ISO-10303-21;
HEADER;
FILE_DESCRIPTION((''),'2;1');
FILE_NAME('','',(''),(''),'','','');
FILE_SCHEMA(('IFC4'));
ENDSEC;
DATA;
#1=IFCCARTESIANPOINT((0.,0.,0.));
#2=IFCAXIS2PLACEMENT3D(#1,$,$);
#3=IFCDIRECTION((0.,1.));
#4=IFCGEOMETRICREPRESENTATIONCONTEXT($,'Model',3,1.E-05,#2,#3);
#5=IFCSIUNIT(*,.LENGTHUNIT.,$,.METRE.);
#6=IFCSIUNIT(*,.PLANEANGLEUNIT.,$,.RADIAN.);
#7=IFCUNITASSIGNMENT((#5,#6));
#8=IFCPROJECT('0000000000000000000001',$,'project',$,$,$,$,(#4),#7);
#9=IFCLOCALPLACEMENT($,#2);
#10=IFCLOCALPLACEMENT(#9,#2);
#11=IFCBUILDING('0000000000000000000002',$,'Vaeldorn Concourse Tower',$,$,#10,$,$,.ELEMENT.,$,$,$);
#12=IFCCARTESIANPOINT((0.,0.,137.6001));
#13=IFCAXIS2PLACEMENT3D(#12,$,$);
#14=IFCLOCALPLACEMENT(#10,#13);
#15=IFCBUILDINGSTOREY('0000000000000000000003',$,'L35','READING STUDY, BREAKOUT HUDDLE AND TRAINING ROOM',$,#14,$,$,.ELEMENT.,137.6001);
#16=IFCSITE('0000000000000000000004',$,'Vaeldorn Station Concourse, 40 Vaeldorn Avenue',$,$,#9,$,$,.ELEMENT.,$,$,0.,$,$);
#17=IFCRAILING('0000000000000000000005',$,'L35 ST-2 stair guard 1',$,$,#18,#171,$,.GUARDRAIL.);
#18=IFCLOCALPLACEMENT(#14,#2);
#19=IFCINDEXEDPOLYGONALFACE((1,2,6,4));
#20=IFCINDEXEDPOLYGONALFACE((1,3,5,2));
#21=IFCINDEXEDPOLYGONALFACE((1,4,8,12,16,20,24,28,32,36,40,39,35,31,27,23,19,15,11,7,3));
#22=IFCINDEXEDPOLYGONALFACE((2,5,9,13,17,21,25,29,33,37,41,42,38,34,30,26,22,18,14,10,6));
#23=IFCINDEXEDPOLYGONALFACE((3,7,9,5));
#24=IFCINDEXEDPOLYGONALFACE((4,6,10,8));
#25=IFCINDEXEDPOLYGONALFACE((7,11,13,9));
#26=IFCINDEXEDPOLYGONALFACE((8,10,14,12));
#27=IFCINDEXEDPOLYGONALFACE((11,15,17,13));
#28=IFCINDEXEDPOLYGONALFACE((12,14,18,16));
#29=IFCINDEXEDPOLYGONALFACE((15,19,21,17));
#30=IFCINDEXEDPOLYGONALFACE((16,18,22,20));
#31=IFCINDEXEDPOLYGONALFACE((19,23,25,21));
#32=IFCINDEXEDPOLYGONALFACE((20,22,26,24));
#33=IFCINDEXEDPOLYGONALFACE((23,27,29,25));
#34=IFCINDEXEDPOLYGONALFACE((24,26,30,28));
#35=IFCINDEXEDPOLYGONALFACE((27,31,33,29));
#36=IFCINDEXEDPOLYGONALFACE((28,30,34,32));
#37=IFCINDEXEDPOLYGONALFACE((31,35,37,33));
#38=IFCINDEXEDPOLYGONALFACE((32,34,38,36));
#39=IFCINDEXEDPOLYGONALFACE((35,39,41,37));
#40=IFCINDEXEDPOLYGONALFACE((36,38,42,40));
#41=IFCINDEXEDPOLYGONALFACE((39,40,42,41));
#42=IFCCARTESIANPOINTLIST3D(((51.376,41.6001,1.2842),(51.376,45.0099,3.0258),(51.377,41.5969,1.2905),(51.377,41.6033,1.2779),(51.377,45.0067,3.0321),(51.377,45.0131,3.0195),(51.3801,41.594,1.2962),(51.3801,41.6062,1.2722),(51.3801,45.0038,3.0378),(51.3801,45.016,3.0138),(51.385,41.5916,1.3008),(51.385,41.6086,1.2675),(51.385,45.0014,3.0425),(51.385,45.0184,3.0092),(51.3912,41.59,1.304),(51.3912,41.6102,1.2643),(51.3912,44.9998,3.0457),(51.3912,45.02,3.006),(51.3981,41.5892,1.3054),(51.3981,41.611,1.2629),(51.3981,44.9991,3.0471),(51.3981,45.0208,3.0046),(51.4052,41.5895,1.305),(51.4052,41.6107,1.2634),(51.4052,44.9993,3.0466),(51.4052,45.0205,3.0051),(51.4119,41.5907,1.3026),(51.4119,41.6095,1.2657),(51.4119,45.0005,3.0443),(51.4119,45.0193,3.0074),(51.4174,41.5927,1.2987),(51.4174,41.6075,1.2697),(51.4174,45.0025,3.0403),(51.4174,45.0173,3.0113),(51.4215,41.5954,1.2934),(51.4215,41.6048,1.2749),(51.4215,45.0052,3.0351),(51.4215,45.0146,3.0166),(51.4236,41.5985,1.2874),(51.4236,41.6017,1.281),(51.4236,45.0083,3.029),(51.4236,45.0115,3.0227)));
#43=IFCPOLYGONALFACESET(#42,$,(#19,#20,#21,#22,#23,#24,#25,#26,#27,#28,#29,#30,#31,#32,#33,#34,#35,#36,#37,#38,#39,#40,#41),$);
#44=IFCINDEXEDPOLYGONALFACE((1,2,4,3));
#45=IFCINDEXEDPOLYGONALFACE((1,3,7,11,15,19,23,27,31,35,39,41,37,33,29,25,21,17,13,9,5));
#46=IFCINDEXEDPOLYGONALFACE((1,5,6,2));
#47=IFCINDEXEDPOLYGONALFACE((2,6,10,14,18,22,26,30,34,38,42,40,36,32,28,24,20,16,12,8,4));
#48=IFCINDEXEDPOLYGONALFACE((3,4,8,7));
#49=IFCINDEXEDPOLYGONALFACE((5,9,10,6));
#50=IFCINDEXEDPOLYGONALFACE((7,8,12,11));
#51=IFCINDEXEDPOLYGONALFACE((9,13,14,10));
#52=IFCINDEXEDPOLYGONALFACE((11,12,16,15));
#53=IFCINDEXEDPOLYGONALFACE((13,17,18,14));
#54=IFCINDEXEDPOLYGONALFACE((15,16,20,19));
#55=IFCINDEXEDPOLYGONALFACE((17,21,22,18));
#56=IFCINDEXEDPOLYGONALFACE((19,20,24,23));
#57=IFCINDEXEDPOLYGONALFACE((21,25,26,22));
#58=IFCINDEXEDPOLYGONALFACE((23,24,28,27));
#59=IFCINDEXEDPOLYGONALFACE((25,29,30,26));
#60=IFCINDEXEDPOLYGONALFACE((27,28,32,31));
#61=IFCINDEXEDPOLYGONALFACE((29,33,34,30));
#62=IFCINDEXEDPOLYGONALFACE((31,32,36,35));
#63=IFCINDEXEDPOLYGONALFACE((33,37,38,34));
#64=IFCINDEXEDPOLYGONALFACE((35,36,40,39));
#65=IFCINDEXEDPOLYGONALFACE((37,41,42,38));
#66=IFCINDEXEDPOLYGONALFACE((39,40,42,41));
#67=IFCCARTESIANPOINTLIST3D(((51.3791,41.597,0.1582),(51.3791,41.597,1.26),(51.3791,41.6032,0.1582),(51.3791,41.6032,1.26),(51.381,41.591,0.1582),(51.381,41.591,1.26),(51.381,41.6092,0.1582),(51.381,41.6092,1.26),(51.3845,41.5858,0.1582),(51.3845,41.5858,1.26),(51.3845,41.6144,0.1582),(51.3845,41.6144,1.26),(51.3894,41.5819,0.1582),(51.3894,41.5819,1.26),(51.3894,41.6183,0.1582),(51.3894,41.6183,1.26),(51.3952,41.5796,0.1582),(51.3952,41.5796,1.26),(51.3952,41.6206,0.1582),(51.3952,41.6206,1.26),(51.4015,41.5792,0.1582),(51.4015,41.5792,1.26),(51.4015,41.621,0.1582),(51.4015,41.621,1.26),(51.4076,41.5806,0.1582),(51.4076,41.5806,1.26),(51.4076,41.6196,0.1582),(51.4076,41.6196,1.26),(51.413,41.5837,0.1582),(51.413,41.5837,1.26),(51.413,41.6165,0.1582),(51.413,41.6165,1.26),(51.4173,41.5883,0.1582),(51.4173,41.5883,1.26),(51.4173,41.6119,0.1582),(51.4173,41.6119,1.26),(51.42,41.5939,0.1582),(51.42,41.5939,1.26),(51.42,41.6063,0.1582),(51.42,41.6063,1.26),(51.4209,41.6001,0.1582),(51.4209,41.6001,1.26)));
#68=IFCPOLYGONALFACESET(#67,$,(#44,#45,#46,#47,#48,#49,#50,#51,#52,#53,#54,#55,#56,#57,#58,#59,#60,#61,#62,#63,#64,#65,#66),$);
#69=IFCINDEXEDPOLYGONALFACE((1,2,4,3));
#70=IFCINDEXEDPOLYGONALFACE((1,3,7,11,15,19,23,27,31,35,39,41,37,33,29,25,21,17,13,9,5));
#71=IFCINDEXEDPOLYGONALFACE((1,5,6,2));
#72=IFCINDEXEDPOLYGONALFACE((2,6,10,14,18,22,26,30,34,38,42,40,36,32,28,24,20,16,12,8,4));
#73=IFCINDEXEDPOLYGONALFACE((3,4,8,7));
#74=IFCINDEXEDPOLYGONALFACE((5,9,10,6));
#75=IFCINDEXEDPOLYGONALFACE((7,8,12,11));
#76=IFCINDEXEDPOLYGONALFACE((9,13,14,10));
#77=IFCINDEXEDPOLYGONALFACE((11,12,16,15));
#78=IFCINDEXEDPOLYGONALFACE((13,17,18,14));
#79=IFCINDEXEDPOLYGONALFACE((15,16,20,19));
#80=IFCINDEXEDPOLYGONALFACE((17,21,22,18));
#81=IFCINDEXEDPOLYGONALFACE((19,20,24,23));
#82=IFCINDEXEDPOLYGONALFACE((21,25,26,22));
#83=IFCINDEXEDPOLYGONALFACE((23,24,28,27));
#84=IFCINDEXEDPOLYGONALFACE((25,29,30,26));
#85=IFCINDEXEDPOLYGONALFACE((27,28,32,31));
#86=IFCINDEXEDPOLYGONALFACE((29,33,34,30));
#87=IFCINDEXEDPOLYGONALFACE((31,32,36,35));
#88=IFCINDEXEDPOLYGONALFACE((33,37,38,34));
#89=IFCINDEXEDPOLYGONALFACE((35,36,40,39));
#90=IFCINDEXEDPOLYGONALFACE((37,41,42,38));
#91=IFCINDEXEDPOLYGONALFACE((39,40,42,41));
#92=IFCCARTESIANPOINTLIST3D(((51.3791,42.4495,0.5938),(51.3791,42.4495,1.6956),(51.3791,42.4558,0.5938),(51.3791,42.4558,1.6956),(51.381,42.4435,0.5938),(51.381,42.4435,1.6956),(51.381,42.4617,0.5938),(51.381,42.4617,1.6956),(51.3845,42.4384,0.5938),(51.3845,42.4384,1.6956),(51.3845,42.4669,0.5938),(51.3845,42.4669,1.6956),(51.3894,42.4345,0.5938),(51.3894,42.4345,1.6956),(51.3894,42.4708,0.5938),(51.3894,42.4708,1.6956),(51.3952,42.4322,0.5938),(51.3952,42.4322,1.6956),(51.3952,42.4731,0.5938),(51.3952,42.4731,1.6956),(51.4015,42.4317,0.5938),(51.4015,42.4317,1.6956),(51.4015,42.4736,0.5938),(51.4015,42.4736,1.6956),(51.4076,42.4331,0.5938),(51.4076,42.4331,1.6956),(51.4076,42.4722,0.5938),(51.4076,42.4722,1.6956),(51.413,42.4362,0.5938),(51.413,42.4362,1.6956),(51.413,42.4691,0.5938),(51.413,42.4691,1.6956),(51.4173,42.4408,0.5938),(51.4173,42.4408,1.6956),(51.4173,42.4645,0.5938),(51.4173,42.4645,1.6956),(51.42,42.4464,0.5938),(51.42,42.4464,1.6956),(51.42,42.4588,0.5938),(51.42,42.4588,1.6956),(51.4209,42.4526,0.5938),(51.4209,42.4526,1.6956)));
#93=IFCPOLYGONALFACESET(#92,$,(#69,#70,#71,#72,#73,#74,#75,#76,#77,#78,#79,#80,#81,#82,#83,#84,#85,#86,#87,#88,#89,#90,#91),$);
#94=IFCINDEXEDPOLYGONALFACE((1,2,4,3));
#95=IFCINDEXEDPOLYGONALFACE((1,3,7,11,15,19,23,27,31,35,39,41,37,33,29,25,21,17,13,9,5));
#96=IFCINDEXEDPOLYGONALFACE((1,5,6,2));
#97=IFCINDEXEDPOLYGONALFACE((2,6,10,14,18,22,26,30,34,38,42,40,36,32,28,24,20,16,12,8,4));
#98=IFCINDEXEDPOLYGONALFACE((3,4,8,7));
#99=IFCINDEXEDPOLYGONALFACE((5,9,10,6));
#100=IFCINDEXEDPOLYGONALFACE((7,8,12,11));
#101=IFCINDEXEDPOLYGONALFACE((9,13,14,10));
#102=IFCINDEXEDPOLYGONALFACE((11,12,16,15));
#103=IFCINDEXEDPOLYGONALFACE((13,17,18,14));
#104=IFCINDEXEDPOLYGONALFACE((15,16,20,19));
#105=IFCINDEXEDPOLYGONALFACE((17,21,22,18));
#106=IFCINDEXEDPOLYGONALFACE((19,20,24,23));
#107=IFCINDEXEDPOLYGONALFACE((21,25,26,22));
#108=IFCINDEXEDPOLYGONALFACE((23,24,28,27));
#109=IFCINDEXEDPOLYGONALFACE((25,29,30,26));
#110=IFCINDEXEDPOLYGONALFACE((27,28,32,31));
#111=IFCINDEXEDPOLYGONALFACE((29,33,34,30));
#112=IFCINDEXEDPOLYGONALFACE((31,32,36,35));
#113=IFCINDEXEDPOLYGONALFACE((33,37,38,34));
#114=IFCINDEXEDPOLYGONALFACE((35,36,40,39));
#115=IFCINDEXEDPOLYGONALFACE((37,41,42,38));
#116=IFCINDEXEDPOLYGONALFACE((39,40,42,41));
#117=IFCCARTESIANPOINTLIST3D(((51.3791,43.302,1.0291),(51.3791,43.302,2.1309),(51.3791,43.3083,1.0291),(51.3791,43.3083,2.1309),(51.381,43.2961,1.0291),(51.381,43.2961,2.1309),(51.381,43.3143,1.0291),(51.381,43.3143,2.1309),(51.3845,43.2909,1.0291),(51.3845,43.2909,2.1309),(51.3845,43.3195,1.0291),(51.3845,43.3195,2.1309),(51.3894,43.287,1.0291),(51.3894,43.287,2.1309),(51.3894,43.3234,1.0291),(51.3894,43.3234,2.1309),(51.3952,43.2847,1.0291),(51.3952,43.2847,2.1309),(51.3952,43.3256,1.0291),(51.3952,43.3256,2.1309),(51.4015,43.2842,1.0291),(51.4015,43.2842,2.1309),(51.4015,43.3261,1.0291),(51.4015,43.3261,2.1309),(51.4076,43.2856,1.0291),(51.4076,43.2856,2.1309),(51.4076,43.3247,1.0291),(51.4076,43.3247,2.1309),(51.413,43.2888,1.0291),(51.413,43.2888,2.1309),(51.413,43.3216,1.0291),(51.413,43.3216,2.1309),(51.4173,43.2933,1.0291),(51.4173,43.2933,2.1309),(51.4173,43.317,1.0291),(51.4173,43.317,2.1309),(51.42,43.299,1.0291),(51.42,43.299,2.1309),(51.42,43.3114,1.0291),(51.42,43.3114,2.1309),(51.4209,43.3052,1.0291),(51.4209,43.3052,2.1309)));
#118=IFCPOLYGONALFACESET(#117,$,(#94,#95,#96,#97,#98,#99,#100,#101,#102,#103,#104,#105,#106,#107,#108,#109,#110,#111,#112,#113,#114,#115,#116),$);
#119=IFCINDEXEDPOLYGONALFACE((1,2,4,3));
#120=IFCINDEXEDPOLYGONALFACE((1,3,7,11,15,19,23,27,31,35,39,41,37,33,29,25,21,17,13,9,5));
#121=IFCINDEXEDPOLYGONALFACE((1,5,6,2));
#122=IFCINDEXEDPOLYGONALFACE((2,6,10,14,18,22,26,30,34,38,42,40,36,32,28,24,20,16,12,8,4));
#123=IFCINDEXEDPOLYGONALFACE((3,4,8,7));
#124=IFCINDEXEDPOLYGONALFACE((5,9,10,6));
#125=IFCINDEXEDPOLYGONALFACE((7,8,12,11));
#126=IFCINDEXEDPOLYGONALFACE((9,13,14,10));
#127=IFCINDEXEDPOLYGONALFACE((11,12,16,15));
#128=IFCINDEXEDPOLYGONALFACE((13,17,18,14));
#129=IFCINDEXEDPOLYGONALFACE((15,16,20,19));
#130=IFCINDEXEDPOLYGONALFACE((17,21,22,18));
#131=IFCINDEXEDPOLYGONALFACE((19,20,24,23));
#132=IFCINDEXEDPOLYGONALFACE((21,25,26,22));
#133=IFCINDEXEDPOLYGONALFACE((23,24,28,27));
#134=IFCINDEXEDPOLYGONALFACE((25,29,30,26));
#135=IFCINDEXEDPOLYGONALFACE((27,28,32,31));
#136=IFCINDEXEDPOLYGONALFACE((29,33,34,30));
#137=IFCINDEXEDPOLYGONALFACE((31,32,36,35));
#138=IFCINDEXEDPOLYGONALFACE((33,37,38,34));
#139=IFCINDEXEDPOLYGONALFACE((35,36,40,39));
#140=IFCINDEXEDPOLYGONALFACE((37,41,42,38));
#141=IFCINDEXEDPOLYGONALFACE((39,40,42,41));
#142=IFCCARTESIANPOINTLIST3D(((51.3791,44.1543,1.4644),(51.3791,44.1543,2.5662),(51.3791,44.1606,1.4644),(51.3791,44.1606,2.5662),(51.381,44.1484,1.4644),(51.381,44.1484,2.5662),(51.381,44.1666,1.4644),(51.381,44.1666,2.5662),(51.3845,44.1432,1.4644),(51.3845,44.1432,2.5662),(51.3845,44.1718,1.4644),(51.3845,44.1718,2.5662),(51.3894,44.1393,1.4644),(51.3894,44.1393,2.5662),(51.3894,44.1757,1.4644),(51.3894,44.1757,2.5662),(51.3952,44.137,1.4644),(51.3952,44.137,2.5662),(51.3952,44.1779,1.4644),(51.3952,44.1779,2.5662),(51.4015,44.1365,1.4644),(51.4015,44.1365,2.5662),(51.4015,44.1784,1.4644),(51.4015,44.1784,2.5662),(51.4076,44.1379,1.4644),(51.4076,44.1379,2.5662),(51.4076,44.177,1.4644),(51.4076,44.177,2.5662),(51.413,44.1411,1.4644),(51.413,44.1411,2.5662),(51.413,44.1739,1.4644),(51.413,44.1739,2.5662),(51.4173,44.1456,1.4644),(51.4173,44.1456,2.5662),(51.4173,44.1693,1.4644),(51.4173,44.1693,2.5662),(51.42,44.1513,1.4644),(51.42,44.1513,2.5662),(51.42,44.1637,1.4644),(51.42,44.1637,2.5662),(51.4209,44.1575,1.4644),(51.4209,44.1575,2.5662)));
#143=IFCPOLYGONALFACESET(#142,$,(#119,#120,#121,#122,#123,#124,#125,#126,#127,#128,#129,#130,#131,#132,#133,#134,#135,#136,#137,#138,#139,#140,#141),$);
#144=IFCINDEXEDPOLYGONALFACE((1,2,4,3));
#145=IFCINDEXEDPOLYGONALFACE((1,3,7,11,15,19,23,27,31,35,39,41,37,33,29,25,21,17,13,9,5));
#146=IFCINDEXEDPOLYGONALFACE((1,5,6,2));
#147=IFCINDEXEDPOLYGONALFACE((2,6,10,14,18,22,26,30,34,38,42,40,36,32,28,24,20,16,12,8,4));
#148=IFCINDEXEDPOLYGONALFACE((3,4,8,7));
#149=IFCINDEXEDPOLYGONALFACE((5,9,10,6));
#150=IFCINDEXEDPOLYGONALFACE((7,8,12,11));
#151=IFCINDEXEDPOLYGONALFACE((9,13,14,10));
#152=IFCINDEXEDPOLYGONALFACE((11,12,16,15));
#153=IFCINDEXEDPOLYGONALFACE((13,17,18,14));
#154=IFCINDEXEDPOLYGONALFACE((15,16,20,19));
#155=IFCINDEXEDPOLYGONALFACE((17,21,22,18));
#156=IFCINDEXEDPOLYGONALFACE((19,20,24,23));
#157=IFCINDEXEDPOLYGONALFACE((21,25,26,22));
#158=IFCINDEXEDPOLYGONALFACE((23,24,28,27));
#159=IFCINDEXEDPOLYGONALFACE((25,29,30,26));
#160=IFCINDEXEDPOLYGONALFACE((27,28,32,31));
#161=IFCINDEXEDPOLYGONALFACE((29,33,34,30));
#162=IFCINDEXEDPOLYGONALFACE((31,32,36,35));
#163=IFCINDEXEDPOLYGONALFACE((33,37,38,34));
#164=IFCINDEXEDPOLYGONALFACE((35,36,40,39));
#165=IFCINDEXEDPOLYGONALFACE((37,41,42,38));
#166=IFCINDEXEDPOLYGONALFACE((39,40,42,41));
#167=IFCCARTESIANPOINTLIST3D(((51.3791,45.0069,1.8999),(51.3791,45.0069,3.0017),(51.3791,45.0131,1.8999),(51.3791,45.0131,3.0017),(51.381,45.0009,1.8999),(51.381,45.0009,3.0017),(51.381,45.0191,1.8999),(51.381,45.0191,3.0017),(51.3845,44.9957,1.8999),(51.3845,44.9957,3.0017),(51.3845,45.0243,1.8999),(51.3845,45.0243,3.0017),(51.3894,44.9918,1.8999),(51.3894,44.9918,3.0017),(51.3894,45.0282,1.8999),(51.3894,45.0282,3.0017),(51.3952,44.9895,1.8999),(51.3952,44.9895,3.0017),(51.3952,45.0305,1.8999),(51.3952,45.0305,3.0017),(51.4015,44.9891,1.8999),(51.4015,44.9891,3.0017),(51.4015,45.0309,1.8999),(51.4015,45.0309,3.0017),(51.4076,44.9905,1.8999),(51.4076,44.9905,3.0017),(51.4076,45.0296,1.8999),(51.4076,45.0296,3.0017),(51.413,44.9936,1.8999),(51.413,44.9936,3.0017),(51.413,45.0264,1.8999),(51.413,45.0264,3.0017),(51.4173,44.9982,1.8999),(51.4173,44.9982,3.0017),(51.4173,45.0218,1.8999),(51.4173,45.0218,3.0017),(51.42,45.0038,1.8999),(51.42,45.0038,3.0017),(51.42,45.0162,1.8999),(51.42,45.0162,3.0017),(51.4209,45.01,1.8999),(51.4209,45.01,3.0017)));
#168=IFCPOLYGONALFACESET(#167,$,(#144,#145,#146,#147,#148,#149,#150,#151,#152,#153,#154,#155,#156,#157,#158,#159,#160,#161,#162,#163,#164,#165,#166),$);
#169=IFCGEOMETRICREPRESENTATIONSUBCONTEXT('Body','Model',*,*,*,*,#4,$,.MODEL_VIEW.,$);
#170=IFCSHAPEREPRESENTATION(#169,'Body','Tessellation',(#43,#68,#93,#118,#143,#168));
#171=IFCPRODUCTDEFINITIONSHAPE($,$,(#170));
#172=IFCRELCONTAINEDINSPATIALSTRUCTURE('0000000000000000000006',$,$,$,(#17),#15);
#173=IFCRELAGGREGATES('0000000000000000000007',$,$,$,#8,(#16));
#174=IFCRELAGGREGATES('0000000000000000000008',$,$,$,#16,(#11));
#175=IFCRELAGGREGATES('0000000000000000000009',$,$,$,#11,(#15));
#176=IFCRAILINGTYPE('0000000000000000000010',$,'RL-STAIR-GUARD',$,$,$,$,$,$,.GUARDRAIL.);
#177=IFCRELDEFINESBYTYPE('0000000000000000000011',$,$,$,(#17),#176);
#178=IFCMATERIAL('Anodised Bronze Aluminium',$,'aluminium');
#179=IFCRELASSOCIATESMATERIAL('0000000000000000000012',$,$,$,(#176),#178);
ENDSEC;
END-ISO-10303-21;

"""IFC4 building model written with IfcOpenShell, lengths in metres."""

from ifc_helpers import new_model, si_unit, direction, frame, origin, origin_2d, place, context, subcontext, project, spatial, circle, extrude, material, type_object, element, save


model = new_model("IFC4")

# Units and contexts
model_context = context("Model", 3, precision=1e-05, world=origin(), true_north=direction((0.0, 1.0)))
body_context = subcontext(model_context, "Body", "Model", "MODEL_VIEW")
ifc_project = project(units=[si_unit("LENGTHUNIT", "METRE"), si_unit("PLANEANGLEUNIT", "RADIAN")], contexts=[model_context])

# Site, building, storey
site_placement = place(None, origin())
site = spatial("IfcSite", under=ifc_project, at=site_placement, Name="Vaeldorn Station Concourse, 40 Vaeldorn Avenue", CompositionType="ELEMENT", RefElevation=0.0)
building_placement = place(site_placement, origin())
building = spatial("IfcBuilding", under=site, at=building_placement, Name="Vaeldorn Concourse Tower", CompositionType="ELEMENT")
storey_placement = place(building_placement, frame((0.0, 0.0, 137.6001)))
storey = spatial("IfcBuildingStorey", under=building, at=storey_placement, Name="L35", Description="READING STUDY, BREAKOUT HUDDLE AND TRAINING ROOM", CompositionType="ELEMENT", Elevation=137.6001)

# Shared definitions
ifc_material_1 = material(Name="Anodised Bronze Aluminium", Category="aluminium")

# Railing
railing_type_1 = type_object("IfcRailingType", Name="RL-STAIR-GUARD", PredefinedType="GUARDRAIL", material=ifc_material_1)
railing_1_placement = place(storey_placement, frame((51.3999, 41.6001, 0.1582)))
element("IfcRailing", 1, at=railing_1_placement, inside=storey, type_object=railing_type_1, Name="L35 ST-2 stair guard 1", PredefinedType="GUARDRAIL", context=body_context, shape_type="SweptSolid", body=[
    extrude(circle(Radius=0.0239, at=origin_2d()), frame((0.0, 0.0, 1.126), z_axis=(0.0, 0.890556, 0.454874), x_axis=(-1.0, 0.0, 0.0)), (0.0, 0.0, 1.0), 3.8289),
    extrude(circle(Radius=0.021, at=origin_2d()), origin(), (0.0, 0.0, 1.0), 1.1018),
    extrude(circle(Radius=0.021, at=origin_2d()), frame((0.0, 0.8525, 0.4355)), (0.0, 0.0, 1.0), 1.1018),
    extrude(circle(Radius=0.021, at=origin_2d()), frame((0.0, 1.7051, 0.8708)), (0.0, 0.0, 1.0), 1.1018),
    extrude(circle(Radius=0.021, at=origin_2d()), frame((0.0, 2.5574, 1.3062)), (0.0, 0.0, 1.0), 1.1018),
    extrude(circle(Radius=0.021, at=origin_2d()), frame((0.0, 3.4099, 1.7417)), (0.0, 0.0, 1.0), 1.1018),
])

save(model, "model.ifc")
